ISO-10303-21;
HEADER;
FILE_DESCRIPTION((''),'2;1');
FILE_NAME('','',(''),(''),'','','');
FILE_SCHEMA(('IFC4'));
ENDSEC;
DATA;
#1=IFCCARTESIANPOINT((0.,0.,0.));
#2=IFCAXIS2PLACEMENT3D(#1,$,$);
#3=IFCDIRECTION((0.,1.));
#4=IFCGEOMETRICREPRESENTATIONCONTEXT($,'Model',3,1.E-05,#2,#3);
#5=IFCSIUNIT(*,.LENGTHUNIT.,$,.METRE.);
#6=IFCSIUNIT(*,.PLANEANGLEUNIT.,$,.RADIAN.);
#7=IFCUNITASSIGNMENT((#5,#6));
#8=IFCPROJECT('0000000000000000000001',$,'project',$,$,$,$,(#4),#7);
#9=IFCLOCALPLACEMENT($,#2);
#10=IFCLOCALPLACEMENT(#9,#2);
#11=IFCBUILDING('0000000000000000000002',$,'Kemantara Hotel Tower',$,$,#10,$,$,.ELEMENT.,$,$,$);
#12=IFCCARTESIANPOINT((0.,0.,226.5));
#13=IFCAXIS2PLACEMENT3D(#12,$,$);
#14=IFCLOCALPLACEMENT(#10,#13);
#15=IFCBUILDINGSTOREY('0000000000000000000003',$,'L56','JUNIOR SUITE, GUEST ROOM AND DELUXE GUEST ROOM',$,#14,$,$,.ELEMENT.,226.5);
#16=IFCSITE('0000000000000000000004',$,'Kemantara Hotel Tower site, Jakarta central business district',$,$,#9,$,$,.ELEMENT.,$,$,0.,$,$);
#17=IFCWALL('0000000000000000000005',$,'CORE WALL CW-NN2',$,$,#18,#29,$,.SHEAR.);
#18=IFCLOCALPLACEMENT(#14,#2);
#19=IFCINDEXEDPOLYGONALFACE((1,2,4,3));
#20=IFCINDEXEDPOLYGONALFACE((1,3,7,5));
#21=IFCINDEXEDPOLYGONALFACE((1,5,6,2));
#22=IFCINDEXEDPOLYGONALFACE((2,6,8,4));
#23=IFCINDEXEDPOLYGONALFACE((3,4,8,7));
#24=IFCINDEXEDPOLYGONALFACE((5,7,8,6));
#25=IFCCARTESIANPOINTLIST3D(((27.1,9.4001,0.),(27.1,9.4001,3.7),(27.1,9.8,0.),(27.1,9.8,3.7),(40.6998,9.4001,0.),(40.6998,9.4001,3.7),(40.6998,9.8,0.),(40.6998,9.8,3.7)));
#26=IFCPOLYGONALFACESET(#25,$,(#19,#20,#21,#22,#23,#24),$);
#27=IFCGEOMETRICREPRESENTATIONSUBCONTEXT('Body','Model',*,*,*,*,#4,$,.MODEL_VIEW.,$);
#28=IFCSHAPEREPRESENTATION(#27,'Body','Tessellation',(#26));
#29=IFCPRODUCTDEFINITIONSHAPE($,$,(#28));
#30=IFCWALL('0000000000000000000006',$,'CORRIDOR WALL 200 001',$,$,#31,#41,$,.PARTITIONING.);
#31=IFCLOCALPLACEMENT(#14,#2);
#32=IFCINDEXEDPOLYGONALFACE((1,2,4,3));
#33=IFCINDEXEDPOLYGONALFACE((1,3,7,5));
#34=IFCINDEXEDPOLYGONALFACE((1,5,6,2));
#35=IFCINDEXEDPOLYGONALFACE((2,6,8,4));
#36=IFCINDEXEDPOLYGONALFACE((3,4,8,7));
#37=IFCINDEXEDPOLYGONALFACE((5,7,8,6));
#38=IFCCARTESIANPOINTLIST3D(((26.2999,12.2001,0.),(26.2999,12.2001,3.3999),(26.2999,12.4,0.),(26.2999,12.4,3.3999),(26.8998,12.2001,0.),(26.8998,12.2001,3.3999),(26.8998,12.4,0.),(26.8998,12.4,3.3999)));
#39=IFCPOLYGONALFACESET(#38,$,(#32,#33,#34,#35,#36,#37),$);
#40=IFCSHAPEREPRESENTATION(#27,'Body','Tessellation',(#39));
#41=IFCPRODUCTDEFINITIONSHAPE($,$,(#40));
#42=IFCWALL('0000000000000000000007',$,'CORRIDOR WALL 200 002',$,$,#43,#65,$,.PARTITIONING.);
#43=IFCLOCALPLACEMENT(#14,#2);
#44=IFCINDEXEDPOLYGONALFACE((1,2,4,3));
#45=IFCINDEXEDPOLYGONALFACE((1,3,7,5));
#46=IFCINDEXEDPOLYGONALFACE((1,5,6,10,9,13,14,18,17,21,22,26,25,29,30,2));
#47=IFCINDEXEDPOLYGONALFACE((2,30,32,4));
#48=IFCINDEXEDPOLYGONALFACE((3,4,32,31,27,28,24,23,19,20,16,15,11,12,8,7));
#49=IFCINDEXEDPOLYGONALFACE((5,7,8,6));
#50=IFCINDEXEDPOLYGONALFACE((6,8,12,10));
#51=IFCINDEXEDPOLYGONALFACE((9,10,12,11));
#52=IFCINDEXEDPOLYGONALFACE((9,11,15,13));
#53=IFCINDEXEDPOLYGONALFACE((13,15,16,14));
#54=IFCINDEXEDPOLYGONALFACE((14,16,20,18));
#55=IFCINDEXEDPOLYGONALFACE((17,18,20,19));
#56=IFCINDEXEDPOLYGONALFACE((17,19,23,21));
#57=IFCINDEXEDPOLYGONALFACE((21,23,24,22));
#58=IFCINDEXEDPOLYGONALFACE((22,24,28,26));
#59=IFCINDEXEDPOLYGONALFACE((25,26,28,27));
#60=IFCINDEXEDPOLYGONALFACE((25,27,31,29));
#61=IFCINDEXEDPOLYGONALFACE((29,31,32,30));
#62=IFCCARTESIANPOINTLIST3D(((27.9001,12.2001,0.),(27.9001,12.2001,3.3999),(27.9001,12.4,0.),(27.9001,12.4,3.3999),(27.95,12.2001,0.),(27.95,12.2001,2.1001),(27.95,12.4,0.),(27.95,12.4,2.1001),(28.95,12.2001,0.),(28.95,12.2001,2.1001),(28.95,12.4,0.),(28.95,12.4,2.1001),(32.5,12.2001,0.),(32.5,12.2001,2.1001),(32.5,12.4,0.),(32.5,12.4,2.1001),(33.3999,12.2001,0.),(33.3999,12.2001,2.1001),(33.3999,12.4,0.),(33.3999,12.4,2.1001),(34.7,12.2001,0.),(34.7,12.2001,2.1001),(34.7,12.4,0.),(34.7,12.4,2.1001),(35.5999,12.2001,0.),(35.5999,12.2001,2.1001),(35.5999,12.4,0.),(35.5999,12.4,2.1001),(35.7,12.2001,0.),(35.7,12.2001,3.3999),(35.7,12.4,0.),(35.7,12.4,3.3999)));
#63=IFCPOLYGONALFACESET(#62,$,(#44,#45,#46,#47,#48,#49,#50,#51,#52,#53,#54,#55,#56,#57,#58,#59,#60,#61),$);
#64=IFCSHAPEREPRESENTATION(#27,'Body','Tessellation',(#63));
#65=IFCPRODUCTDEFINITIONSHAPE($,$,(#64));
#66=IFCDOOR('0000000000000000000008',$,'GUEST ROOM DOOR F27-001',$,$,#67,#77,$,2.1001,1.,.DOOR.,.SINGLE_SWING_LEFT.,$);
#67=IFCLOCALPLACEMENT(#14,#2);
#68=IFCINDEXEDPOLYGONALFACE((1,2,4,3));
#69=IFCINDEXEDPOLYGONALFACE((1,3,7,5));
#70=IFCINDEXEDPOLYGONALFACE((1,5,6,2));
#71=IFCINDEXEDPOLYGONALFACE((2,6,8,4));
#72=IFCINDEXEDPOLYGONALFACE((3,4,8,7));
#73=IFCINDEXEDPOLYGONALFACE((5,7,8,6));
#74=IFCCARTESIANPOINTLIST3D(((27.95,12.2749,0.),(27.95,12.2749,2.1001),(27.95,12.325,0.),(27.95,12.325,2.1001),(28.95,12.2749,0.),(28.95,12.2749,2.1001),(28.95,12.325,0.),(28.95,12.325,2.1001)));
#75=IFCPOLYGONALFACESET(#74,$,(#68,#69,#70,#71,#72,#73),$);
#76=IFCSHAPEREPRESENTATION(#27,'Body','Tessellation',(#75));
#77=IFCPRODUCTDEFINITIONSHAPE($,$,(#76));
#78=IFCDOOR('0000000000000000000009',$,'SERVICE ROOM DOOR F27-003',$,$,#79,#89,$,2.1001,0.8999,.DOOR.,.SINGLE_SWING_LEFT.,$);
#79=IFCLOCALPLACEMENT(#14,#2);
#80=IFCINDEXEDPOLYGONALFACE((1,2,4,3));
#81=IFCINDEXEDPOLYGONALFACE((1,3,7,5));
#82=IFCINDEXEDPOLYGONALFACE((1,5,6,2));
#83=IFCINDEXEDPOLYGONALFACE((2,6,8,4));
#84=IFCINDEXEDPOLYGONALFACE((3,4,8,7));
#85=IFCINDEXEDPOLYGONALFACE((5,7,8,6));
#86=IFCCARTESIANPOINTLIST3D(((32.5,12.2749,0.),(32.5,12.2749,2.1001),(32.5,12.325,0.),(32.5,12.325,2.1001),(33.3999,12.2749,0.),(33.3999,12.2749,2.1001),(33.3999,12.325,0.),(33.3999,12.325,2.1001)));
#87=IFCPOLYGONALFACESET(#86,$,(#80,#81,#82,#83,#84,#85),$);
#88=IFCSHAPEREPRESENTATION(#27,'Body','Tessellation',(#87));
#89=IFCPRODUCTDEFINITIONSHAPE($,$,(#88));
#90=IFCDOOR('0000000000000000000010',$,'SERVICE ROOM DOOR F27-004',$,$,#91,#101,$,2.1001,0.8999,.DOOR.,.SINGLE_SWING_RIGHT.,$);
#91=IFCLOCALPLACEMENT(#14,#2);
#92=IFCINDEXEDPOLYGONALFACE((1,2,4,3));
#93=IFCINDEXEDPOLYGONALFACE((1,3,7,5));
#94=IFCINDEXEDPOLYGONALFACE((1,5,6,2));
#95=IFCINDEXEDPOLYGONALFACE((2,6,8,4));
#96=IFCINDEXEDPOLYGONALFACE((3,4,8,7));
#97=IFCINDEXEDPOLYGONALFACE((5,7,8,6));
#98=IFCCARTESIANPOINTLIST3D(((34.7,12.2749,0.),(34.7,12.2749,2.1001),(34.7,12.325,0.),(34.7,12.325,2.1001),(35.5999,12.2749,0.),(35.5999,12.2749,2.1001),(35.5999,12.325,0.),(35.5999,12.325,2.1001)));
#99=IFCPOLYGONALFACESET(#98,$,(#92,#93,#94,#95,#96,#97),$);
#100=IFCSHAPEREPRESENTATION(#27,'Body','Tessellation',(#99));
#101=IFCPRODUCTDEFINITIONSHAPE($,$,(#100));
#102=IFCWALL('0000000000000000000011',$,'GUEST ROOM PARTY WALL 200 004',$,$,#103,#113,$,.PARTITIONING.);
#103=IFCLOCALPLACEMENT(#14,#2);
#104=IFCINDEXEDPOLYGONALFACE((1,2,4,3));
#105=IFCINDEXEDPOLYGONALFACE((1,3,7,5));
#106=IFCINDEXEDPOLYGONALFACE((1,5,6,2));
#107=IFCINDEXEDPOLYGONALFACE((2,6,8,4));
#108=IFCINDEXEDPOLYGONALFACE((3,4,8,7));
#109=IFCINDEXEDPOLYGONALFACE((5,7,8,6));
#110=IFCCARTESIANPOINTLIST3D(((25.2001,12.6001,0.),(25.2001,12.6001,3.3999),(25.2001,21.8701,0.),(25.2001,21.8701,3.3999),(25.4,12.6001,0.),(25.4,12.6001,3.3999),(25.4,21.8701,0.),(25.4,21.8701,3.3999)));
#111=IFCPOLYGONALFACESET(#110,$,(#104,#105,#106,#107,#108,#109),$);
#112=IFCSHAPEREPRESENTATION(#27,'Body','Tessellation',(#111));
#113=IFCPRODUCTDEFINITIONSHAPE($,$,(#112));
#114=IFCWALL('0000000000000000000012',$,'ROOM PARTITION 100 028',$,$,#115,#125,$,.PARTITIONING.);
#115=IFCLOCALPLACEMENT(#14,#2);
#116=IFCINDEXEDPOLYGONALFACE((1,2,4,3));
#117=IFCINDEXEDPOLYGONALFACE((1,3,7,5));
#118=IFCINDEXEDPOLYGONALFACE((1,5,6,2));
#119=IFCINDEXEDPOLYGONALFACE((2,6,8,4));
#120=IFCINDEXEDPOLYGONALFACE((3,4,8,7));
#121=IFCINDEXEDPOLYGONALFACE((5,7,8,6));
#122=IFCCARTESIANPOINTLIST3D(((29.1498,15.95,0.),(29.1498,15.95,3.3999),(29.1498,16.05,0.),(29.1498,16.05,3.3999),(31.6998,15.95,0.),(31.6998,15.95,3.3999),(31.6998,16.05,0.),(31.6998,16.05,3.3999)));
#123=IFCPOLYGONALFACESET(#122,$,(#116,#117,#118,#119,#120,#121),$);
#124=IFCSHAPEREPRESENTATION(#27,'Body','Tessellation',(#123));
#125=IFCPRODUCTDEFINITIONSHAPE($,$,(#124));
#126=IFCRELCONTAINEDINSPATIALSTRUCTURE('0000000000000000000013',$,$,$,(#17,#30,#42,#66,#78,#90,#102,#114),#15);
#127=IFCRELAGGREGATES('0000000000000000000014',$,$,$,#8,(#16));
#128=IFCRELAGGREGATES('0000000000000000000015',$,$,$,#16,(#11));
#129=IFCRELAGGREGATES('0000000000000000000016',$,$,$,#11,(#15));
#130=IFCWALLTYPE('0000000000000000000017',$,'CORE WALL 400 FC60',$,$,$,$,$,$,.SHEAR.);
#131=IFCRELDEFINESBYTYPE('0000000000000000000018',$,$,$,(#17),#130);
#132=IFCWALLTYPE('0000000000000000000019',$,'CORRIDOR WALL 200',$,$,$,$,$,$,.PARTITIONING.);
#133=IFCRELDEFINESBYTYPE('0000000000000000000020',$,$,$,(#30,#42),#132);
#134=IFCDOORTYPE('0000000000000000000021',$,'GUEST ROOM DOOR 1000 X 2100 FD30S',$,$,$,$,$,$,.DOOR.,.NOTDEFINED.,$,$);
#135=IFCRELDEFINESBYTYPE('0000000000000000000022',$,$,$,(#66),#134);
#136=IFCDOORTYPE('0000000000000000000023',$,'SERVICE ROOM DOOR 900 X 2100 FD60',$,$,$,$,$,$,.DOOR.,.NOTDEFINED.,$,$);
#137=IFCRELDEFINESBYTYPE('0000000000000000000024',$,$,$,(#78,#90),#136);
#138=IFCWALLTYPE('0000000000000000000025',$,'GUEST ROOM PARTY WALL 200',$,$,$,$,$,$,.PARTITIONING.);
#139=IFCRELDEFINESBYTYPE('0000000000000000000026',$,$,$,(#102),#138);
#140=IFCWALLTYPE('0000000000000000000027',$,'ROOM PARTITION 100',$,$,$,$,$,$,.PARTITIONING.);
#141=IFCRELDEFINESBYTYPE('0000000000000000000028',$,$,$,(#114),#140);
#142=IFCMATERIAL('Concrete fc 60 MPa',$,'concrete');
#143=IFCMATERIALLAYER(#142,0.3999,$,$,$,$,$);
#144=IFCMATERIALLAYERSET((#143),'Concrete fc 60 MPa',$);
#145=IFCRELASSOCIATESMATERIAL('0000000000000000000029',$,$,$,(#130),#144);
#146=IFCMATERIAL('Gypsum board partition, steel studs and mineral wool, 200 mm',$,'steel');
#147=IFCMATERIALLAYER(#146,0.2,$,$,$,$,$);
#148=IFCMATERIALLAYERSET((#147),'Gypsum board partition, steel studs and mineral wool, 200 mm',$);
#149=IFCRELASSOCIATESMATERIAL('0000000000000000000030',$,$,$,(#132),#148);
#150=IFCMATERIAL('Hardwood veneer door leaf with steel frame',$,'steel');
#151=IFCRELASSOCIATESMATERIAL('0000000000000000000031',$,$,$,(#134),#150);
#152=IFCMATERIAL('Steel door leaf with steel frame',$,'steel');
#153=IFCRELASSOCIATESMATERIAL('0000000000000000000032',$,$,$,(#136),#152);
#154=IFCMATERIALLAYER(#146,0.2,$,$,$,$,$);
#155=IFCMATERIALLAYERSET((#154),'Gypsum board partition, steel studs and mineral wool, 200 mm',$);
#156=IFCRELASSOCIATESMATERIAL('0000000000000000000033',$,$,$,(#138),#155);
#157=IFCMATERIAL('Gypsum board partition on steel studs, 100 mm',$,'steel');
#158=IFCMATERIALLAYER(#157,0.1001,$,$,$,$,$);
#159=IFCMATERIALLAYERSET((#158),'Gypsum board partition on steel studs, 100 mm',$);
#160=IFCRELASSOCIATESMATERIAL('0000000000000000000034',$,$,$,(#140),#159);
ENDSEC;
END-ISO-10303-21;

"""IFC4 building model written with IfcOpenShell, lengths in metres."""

from ifc_helpers import new_model, si_unit, direction, frame, frame_2d, origin, place, context, subcontext, project, spatial, rectangle, extrude, material, layer, layer_set, type_object, element, fill, save


model = new_model("IFC4")

# Units and contexts
model_context = context("Model", 3, precision=1e-05, world=origin(), true_north=direction((0.0, 1.0)))
body_context = subcontext(model_context, "Body", "Model", "MODEL_VIEW")
ifc_project = project(units=[si_unit("LENGTHUNIT", "METRE"), si_unit("PLANEANGLEUNIT", "RADIAN")], contexts=[model_context])

# Site, building, storey
site_placement = place(None, origin())
site = spatial("IfcSite", under=ifc_project, at=site_placement, Name="Kemantara Hotel Tower site, Jakarta central business district", CompositionType="ELEMENT", RefElevation=0.0)
building_placement = place(site_placement, origin())
building = spatial("IfcBuilding", under=site, at=building_placement, Name="Kemantara Hotel Tower", CompositionType="ELEMENT")
storey_placement = place(building_placement, frame((0.0, 0.0, 226.5)))
storey = spatial("IfcBuildingStorey", under=building, at=storey_placement, Name="L56", Description="JUNIOR SUITE, GUEST ROOM AND DELUXE GUEST ROOM", CompositionType="ELEMENT", Elevation=226.5)

# Shared definitions
ifc_material_1 = material(Name="Concrete fc 60 MPa", Category="concrete")

# Shared definitions
ifc_layer_1 = layer(ifc_material_1, 0.3999)
ifc_layer_set_1 = layer_set([ifc_layer_1], Name="Concrete fc 60 MPa")
wall_type_1 = type_object("IfcWallType", Name="CORE WALL 400 FC60", PredefinedType="SHEAR", material=ifc_layer_set_1)

# Walls
wall_1_placement = place(storey_placement, frame((27.1001, 9.6001, 0.0), z_axis=(0.0, 0.0, 1.0), x_axis=(1.0, 0.0, 0.0)))
element("IfcWall", 1, at=wall_1_placement, inside=storey, type_object=wall_type_1, Name="CORE WALL CW-NN2", PredefinedType="SHEAR", context=body_context, shape_type="SweptSolid", body=[
    extrude(rectangle(XDim=13.5999, YDim=0.3999, at=frame_2d((6.7998, 0.0))), origin(), (0.0, 0.0, 1.0), 3.7),
])
ifc_material_2 = material(Name="Gypsum board partition, steel studs and mineral wool, 200 mm", Category="steel")
ifc_layer_2 = layer(ifc_material_2, 0.2)
ifc_layer_set_2 = layer_set([ifc_layer_2], Name="Gypsum board partition, steel studs and mineral wool, 200 mm")
wall_type_2 = type_object("IfcWallType", Name="CORRIDOR WALL 200", PredefinedType="PARTITIONING", material=ifc_layer_set_2)
wall_2_placement = place(storey_placement, frame((26.3, 12.3, 0.0), z_axis=(0.0, 0.0, 1.0), x_axis=(1.0, 0.0, 0.0)))
element("IfcWall", 2, at=wall_2_placement, inside=storey, type_object=wall_type_2, Name="CORRIDOR WALL 200 001", PredefinedType="PARTITIONING", context=body_context, shape_type="SweptSolid", body=[
    extrude(rectangle(XDim=0.5999, YDim=0.2, at=frame_2d((0.2998, 0.0))), origin(), (0.0, 0.0, 1.0), 3.3999),
])

# Wall, openings, doors
wall_3_placement = place(storey_placement, frame((27.9001, 12.3, 0.0), z_axis=(0.0, 0.0, 1.0), x_axis=(1.0, 0.0, 0.0)))
wall_3 = element("IfcWall", 3, at=wall_3_placement, inside=storey, type_object=wall_type_2, Name="CORRIDOR WALL 200 002", PredefinedType="PARTITIONING", context=body_context, shape_type="SweptSolid", body=[
    extrude(rectangle(XDim=7.7998, YDim=0.2, at=frame_2d((3.8999, 0.0))), origin(), (0.0, 0.0, 1.0), 3.3999),
])
opening_1_placement = place(wall_3_placement, frame((0.0498, 0.0, 0.0)))
opening_1 = element("IfcOpeningElement", 4, at=opening_1_placement, cuts=wall_3, PredefinedType="OPENING", context=body_context, shape_type="SweptSolid", body=[
    extrude(rectangle(XDim=1.0, YDim=2.1001, at=frame_2d((0.5, 1.05))), frame((0.0, 0.1099, 0.0), z_axis=(0.0, -1.0, 0.0), x_axis=(1.0, 0.0, 0.0)), (0.0, 0.0, 1.0), 0.22),
])
opening_2_placement = place(wall_3_placement, frame((4.5999, 0.0, 0.0)))
opening_2 = element("IfcOpeningElement", 5, at=opening_2_placement, cuts=wall_3, PredefinedType="OPENING", context=body_context, shape_type="SweptSolid", body=[
    extrude(rectangle(XDim=0.8999, YDim=2.1001, at=frame_2d((0.45, 1.05))), frame((0.0, 0.1099, 0.0), z_axis=(0.0, -1.0, 0.0), x_axis=(1.0, 0.0, 0.0)), (0.0, 0.0, 1.0), 0.22),
])
opening_3_placement = place(wall_3_placement, frame((6.7998, 0.0, 0.0)))
opening_3 = element("IfcOpeningElement", 6, at=opening_3_placement, cuts=wall_3, PredefinedType="OPENING", context=body_context, shape_type="SweptSolid", body=[
    extrude(rectangle(XDim=0.8999, YDim=2.1001, at=frame_2d((0.45, 1.05))), frame((0.0, 0.1099, 0.0), z_axis=(0.0, -1.0, 0.0), x_axis=(1.0, 0.0, 0.0)), (0.0, 0.0, 1.0), 0.22),
])
ifc_material_3 = material(Name="Hardwood veneer door leaf with steel frame", Category="steel")
door_type_1 = type_object("IfcDoorType", Name="GUEST ROOM DOOR 1000 X 2100 FD30S", OperationType="NOTDEFINED", PredefinedType="DOOR", material=ifc_material_3)
door_1_placement = place(opening_1_placement, origin())
door_1 = element("IfcDoor", 7, at=door_1_placement, inside=storey, type_object=door_type_1, Name="GUEST ROOM DOOR F27-001", OperationType="SINGLE_SWING_LEFT", OverallHeight=2.1001, OverallWidth=1.0, PredefinedType="DOOR", context=body_context, shape_type="SweptSolid", body=[
    extrude(rectangle(XDim=1.0, YDim=2.1001, at=frame_2d((0.5, 1.05))), frame((0.0, 0.0249, 0.0), z_axis=(0.0, -1.0, 0.0), x_axis=(1.0, 0.0, 0.0)), (0.0, 0.0, 1.0), 0.05),
])
fill(opening_1, door_1)
ifc_material_4 = material(Name="Steel door leaf with steel frame", Category="steel")
door_type_2 = type_object("IfcDoorType", Name="SERVICE ROOM DOOR 900 X 2100 FD60", OperationType="NOTDEFINED", PredefinedType="DOOR", material=ifc_material_4)
door_2_placement = place(opening_2_placement, origin())
door_2 = element("IfcDoor", 8, at=door_2_placement, inside=storey, type_object=door_type_2, Name="SERVICE ROOM DOOR F27-003", OperationType="SINGLE_SWING_LEFT", OverallHeight=2.1001, OverallWidth=0.8999, PredefinedType="DOOR", context=body_context, shape_type="SweptSolid", body=[
    extrude(rectangle(XDim=0.8999, YDim=2.1001, at=frame_2d((0.45, 1.05))), frame((0.0, 0.0249, 0.0), z_axis=(0.0, -1.0, 0.0), x_axis=(1.0, 0.0, 0.0)), (0.0, 0.0, 1.0), 0.05),
])
fill(opening_2, door_2)
door_3_placement = place(opening_3_placement, origin())
door_3 = element("IfcDoor", 9, at=door_3_placement, inside=storey, type_object=door_type_2, Name="SERVICE ROOM DOOR F27-004", OperationType="SINGLE_SWING_RIGHT", OverallHeight=2.1001, OverallWidth=0.8999, PredefinedType="DOOR", context=body_context, shape_type="SweptSolid", body=[
    extrude(rectangle(XDim=0.8999, YDim=2.1001, at=frame_2d((0.45, 1.05))), frame((0.0, 0.0249, 0.0), z_axis=(0.0, -1.0, 0.0), x_axis=(1.0, 0.0, 0.0)), (0.0, 0.0, 1.0), 0.05),
])
fill(opening_3, door_3)

# Walls
ifc_layer_3 = layer(ifc_material_2, 0.2)
ifc_layer_set_3 = layer_set([ifc_layer_3], Name="Gypsum board partition, steel studs and mineral wool, 200 mm")
wall_type_3 = type_object("IfcWallType", Name="GUEST ROOM PARTY WALL 200", PredefinedType="PARTITIONING", material=ifc_layer_set_3)
wall_4_placement = place(storey_placement, frame((25.3, 12.6001, 0.0), z_axis=(0.0, 0.0, 1.0), x_axis=(0.0, 1.0, 0.0)))
element("IfcWall", 10, at=wall_4_placement, inside=storey, type_object=wall_type_3, Name="GUEST ROOM PARTY WALL 200 004", PredefinedType="PARTITIONING", context=body_context, shape_type="SweptSolid", body=[
    extrude(rectangle(XDim=9.27, YDim=0.2, at=frame_2d((4.635, 0.0))), origin(), (0.0, 0.0, 1.0), 3.3999),
])
ifc_material_5 = material(Name="Gypsum board partition on steel studs, 100 mm", Category="steel")
ifc_layer_4 = layer(ifc_material_5, 0.1001)
ifc_layer_set_4 = layer_set([ifc_layer_4], Name="Gypsum board partition on steel studs, 100 mm")
wall_type_4 = type_object("IfcWallType", Name="ROOM PARTITION 100", PredefinedType="PARTITIONING", material=ifc_layer_set_4)
wall_5_placement = place(storey_placement, frame((29.1499, 16.0, 0.0), z_axis=(0.0, 0.0, 1.0), x_axis=(1.0, 0.0, 0.0)))
element("IfcWall", 11, at=wall_5_placement, inside=storey, type_object=wall_type_4, Name="ROOM PARTITION 100 028", PredefinedType="PARTITIONING", context=body_context, shape_type="SweptSolid", body=[
    extrude(rectangle(XDim=2.55, YDim=0.1001, at=frame_2d((1.2749, 0.0))), origin(), (0.0, 0.0, 1.0), 3.3999),
])

save(model, "model.ifc")
